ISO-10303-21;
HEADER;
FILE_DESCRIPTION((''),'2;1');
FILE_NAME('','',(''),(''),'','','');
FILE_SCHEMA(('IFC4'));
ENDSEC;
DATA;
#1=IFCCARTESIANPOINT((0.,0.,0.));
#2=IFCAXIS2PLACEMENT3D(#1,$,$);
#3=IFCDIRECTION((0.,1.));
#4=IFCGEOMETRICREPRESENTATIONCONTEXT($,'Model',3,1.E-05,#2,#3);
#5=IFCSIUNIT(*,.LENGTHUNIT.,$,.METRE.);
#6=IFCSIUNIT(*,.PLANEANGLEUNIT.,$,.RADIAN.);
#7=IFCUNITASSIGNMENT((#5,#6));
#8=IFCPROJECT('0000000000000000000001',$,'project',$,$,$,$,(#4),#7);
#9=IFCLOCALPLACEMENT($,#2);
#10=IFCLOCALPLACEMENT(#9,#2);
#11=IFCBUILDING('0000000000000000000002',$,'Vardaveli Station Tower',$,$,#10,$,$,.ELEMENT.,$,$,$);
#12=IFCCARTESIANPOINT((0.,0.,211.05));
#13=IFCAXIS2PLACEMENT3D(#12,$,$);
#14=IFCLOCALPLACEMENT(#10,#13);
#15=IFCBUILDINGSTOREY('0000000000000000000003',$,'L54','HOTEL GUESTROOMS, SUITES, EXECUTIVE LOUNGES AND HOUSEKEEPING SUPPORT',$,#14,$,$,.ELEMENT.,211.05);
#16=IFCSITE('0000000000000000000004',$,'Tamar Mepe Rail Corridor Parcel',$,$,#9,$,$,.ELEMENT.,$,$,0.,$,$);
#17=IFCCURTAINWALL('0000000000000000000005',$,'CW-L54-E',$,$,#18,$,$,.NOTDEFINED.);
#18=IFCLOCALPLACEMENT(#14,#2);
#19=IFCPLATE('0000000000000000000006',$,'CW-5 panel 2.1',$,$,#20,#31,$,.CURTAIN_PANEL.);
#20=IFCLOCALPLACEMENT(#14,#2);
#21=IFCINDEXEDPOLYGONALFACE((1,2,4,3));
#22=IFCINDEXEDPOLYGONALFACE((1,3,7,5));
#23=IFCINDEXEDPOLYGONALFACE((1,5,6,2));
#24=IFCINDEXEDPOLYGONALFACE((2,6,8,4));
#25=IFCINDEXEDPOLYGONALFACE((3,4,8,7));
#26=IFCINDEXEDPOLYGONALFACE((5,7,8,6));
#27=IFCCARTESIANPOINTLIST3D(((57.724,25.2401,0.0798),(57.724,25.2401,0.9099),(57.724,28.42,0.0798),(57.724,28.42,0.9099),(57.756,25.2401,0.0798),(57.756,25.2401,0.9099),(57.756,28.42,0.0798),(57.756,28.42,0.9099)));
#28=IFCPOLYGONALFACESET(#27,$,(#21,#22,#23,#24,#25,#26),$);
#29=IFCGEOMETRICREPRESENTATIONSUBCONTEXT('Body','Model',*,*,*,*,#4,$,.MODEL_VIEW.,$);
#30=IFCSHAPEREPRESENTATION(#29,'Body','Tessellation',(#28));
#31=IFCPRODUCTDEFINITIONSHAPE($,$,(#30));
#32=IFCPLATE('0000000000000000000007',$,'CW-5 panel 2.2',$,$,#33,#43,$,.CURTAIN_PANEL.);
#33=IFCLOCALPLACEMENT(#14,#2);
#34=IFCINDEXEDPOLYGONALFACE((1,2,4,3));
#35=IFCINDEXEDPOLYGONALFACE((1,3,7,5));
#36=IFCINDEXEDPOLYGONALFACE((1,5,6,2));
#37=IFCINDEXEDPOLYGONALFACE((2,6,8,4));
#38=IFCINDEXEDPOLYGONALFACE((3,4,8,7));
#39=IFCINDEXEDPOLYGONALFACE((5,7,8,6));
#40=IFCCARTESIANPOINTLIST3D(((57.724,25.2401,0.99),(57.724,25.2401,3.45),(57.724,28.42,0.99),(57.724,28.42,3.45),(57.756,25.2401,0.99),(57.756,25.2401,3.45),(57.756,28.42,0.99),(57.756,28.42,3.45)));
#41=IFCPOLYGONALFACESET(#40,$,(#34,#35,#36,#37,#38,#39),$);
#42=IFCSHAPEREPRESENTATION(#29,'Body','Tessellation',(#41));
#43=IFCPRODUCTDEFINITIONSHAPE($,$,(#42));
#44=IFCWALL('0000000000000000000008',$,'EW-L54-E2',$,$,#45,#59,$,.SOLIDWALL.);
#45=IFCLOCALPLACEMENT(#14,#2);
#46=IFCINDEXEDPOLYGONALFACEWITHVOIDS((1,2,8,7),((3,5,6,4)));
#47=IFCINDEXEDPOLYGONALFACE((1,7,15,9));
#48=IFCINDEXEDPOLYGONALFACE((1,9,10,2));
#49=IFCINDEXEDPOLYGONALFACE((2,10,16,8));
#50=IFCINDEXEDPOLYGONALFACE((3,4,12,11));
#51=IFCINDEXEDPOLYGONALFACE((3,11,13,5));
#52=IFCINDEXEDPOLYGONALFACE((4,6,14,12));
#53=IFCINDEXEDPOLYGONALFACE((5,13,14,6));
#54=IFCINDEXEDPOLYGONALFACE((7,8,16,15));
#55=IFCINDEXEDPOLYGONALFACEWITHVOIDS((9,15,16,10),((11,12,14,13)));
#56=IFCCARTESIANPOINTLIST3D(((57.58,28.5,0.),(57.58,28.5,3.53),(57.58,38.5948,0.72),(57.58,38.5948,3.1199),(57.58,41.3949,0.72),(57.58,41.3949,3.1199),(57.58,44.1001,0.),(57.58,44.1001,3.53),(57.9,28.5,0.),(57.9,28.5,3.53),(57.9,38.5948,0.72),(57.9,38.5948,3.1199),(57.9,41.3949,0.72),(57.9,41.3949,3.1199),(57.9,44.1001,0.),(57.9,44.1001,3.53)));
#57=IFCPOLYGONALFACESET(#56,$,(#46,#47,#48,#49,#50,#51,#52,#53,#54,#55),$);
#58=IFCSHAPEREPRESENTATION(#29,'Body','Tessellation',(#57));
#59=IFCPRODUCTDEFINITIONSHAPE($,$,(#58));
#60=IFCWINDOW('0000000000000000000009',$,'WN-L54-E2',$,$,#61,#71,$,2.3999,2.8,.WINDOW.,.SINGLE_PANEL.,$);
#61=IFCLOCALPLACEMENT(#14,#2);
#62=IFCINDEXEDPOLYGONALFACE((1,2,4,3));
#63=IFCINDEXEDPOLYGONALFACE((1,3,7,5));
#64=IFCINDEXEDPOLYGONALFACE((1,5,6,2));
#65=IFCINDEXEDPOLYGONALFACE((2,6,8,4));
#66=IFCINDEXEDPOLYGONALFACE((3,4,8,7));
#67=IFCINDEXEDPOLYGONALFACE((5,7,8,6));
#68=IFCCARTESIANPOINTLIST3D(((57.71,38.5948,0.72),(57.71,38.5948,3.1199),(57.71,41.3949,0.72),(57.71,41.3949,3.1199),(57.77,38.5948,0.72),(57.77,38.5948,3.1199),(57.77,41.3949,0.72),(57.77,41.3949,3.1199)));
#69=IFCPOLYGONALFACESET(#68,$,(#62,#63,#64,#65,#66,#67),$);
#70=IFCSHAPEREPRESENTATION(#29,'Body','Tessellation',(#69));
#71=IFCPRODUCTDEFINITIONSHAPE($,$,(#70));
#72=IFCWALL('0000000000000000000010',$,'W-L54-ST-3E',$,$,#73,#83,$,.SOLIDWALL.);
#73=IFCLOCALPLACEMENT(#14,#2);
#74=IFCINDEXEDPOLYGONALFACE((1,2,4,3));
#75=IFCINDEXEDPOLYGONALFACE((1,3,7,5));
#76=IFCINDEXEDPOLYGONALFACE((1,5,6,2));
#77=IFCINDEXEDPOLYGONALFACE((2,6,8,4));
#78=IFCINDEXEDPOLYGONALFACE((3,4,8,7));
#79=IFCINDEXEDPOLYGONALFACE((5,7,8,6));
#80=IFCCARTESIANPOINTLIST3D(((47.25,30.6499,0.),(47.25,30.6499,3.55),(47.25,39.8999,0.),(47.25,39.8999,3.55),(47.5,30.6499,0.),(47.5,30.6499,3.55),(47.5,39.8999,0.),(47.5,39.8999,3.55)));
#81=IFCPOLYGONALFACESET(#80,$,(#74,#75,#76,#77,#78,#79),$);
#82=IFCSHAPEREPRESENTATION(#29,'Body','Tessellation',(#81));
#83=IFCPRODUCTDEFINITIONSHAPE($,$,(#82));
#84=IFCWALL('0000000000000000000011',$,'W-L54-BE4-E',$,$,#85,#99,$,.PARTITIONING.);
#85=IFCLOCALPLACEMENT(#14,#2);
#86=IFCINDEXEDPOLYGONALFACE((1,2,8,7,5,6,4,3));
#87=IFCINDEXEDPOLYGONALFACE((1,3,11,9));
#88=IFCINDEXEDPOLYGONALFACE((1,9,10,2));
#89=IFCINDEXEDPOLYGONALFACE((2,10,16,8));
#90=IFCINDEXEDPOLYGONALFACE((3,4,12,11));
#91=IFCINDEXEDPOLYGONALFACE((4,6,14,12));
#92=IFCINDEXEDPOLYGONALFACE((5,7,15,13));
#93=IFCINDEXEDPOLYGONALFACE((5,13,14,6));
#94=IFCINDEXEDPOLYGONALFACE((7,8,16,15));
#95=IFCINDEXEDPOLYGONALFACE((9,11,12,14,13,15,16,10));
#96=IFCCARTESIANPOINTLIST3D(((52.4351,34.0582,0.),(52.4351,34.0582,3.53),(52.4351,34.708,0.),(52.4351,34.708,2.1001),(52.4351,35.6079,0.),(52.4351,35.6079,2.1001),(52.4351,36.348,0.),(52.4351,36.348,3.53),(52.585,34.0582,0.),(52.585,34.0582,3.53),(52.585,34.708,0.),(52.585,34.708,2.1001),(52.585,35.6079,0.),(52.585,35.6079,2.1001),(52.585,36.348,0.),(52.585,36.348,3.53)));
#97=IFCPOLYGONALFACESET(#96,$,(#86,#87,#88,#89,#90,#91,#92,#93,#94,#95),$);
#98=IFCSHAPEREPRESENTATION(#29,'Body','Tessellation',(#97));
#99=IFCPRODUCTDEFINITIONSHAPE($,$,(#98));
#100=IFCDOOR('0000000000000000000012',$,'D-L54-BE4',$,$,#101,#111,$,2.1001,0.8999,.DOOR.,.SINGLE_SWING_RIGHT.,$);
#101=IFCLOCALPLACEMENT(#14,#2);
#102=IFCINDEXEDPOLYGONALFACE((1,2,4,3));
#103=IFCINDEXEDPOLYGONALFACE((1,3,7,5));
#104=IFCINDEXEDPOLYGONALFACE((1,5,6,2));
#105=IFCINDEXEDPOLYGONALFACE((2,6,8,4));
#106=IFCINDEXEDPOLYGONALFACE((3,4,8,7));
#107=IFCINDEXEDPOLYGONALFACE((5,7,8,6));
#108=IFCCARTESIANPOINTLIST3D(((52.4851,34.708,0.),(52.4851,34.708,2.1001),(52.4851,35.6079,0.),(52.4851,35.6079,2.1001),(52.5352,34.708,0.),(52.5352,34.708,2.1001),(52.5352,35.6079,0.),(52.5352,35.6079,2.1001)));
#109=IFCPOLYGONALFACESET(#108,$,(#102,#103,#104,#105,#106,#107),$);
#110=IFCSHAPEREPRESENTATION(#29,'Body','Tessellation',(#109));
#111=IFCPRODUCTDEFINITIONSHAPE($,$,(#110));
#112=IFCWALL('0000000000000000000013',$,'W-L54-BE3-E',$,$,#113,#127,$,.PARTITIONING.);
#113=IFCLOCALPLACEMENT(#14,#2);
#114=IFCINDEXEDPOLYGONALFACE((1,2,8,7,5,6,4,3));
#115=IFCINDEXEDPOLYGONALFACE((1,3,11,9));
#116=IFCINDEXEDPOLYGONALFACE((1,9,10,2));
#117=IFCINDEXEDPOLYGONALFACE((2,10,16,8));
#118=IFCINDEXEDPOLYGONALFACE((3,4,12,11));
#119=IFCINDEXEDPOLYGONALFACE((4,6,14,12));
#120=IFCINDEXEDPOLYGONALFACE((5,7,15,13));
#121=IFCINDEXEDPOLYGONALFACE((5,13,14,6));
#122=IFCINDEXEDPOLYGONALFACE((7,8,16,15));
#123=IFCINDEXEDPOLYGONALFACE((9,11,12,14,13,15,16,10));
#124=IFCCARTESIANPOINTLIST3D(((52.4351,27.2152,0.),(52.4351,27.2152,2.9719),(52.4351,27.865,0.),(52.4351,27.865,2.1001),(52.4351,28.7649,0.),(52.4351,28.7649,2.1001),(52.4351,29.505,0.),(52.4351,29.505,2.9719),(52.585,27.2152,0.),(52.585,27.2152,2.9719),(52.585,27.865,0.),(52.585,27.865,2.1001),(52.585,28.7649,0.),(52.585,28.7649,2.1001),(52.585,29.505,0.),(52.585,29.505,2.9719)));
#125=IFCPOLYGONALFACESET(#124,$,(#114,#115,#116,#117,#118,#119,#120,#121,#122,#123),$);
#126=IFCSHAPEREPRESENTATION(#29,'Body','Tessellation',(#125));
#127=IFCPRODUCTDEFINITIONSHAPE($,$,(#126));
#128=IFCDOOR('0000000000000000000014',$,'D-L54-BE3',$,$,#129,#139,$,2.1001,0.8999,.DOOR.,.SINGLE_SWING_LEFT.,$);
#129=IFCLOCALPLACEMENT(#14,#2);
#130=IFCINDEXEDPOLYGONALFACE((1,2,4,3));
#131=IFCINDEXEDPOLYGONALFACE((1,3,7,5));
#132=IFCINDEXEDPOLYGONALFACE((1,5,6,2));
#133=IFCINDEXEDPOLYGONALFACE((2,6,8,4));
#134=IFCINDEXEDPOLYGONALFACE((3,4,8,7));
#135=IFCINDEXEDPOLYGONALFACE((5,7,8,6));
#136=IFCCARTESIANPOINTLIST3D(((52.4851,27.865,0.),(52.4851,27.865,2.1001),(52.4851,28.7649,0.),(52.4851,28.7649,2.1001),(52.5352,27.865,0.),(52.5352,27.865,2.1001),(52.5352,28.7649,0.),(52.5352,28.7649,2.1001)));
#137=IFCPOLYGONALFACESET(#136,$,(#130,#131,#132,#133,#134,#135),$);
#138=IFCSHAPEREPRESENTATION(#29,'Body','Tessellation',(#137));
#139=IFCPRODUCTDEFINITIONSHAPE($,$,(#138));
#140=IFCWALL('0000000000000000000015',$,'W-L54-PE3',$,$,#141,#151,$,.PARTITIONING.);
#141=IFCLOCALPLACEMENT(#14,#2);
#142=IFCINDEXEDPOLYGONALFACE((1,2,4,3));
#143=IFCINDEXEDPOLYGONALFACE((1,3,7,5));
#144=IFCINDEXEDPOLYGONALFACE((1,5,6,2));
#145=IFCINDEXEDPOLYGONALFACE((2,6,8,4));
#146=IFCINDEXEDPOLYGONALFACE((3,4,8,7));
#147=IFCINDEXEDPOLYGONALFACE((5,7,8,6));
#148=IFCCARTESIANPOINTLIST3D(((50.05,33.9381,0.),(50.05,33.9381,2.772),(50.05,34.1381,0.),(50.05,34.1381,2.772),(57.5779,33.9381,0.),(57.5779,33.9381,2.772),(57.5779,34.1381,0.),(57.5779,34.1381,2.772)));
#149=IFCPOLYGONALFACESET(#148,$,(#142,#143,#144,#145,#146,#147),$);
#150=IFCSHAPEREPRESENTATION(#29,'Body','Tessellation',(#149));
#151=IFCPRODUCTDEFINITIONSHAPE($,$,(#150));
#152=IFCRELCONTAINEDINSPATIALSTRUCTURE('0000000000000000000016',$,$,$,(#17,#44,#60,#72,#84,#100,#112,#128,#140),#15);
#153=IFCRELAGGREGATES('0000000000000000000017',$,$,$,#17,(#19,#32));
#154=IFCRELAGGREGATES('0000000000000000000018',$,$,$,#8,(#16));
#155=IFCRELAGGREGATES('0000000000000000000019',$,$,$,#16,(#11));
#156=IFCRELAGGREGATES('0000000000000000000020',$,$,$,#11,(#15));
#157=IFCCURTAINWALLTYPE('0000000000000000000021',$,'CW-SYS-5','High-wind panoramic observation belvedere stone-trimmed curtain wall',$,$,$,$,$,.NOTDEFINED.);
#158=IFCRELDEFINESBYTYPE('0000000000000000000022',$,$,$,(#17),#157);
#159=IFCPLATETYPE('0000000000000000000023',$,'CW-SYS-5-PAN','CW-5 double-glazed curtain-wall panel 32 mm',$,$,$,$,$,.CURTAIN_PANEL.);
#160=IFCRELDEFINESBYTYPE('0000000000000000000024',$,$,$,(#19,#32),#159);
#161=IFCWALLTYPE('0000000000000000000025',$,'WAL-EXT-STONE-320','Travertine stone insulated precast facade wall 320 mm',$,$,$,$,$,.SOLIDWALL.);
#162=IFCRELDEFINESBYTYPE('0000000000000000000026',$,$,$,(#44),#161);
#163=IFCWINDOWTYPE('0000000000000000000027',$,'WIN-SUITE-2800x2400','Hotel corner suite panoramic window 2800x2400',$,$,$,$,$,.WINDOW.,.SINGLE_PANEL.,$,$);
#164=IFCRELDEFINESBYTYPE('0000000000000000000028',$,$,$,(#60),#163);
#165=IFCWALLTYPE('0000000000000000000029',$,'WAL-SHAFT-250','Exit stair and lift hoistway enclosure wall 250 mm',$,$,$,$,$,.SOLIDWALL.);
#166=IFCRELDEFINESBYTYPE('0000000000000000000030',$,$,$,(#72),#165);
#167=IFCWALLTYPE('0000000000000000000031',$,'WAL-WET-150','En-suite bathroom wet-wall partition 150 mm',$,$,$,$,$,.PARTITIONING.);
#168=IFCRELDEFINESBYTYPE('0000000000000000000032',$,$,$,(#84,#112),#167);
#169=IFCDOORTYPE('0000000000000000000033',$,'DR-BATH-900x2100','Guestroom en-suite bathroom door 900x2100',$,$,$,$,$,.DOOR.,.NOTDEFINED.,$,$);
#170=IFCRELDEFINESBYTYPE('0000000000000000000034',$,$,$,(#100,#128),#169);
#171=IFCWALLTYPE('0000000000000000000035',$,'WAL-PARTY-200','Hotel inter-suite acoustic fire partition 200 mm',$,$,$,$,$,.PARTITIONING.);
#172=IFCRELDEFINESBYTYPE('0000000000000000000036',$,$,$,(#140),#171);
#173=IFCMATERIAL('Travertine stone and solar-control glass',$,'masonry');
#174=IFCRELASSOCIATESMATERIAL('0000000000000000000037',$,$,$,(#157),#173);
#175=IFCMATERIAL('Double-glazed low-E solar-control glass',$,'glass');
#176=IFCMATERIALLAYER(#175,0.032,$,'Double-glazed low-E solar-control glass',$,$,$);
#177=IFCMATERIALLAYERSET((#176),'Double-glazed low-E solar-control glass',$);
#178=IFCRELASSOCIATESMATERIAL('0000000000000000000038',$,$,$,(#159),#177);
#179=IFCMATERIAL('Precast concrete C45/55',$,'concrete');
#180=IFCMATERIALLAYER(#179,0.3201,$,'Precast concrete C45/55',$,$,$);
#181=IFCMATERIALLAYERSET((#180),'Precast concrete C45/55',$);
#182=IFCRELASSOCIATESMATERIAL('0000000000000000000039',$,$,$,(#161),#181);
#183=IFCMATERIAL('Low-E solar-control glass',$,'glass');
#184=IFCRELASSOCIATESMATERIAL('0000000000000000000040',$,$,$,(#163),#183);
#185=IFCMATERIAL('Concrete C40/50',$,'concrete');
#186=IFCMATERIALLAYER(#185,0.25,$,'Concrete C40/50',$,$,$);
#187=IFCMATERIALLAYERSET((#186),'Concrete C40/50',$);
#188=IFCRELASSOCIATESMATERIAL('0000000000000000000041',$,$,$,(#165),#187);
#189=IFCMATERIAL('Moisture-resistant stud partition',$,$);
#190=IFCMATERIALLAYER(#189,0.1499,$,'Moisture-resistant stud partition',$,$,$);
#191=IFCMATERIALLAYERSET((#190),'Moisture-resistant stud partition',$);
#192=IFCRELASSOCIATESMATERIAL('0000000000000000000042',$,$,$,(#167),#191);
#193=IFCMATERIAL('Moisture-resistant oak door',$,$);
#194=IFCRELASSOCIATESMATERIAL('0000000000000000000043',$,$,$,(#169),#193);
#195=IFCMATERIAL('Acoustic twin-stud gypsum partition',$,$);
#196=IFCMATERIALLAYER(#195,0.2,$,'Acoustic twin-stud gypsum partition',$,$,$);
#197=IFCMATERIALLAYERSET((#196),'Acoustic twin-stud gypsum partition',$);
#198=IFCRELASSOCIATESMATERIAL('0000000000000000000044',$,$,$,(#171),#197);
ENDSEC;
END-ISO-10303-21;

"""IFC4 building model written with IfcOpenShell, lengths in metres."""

from ifc_helpers import new_model, si_unit, direction, frame, frame_2d, origin, origin_2d, place, context, subcontext, project, spatial, rectangle, extrude, source, transform, mapped, material, layer, layer_set, type_object, element, fill, aggregate, save


model = new_model("IFC4")

# Units and contexts
model_context = context("Model", 3, precision=1e-05, world=origin(), true_north=direction((0.0, 1.0)))
body_context = subcontext(model_context, "Body", "Model", "MODEL_VIEW")
ifc_project = project(units=[si_unit("LENGTHUNIT", "METRE"), si_unit("PLANEANGLEUNIT", "RADIAN")], contexts=[model_context])

# Site, building, storey
site_placement = place(None, origin())
site = spatial("IfcSite", under=ifc_project, at=site_placement, Name="Tamar Mepe Rail Corridor Parcel", CompositionType="ELEMENT", RefElevation=0.0)
building_placement = place(site_placement, origin())
building = spatial("IfcBuilding", under=site, at=building_placement, Name="Vardaveli Station Tower", CompositionType="ELEMENT")
storey_placement = place(building_placement, frame((0.0, 0.0, 211.05)))
storey = spatial("IfcBuildingStorey", under=building, at=storey_placement, Name="L54", Description="HOTEL GUESTROOMS, SUITES, EXECUTIVE LOUNGES AND HOUSEKEEPING SUPPORT", CompositionType="ELEMENT", Elevation=211.05)

# Shared definitions
ifc_material_1 = material(Name="Precast concrete C45/55", Category="concrete")

# Curtain wall, plates
ifc_material_2 = material(Name="Travertine stone and solar-control glass", Category="masonry")
curtain_wall_type = type_object("IfcCurtainWallType", Name="CW-SYS-5", Description="High-wind panoramic observation belvedere stone-trimmed curtain wall", PredefinedType="NOTDEFINED", material=ifc_material_2)
curtain_wall_placement = place(storey_placement, origin())
curtain_wall = element("IfcCurtainWall", 1, at=curtain_wall_placement, inside=storey, type_object=curtain_wall_type, Name="CW-L54-E", PredefinedType="NOTDEFINED")
ifc_material_3 = material(Name="Double-glazed low-E solar-control glass", Category="glass")
ifc_layer_1 = layer(ifc_material_3, 0.032, Name="Double-glazed low-E solar-control glass")
ifc_layer_set_1 = layer_set([ifc_layer_1], Name="Double-glazed low-E solar-control glass")
plate_type = type_object("IfcPlateType", Name="CW-SYS-5-PAN", Description="CW-5 double-glazed curtain-wall panel 32 mm", PredefinedType="CURTAIN_PANEL", material=ifc_layer_set_1)
shared_shape_1 = source(origin(), body_context, "Body", "SweptSolid", [
    extrude(rectangle(XDim=3.1799, YDim=0.032, at=origin_2d()), origin(), (0.0, 0.0, 1.0), 0.8301),
])
plate_1_placement = place(storey_placement, frame((57.74, 26.8301, 0.0798), z_axis=(0.0, 0.0, 1.0), x_axis=(0.0, 1.0, 0.0)))
plate_1 = element("IfcPlate", 2, at=plate_1_placement, type_object=plate_type, Name="CW-5 panel 2.1", PredefinedType="CURTAIN_PANEL", context=body_context, shape_type="MappedRepresentation", body=[
    mapped(shared_shape_1, transform((0.0, 0.0, 0.0), scale=1.0)),
])
shared_shape_2 = source(origin(), body_context, "Body", "SweptSolid", [
    extrude(rectangle(XDim=3.1799, YDim=0.032, at=origin_2d()), origin(), (0.0, 0.0, 1.0), 2.46),
])
plate_2_placement = place(storey_placement, frame((57.74, 26.8301, 0.99), z_axis=(0.0, 0.0, 1.0), x_axis=(0.0, 1.0, 0.0)))
plate_2 = element("IfcPlate", 3, at=plate_2_placement, type_object=plate_type, Name="CW-5 panel 2.2", PredefinedType="CURTAIN_PANEL", context=body_context, shape_type="MappedRepresentation", body=[
    mapped(shared_shape_2, transform((0.0, 0.0, 0.0), scale=1.0)),
])
aggregate(curtain_wall, [plate_1, plate_2])

# Wall, opening, window
ifc_layer_2 = layer(ifc_material_1, 0.3201, Name="Precast concrete C45/55")
ifc_layer_set_2 = layer_set([ifc_layer_2], Name="Precast concrete C45/55")
wall_type_1 = type_object("IfcWallType", Name="WAL-EXT-STONE-320", Description="Travertine stone insulated precast facade wall 320 mm", PredefinedType="SOLIDWALL", material=ifc_layer_set_2)
shared_shape_3 = source(origin(), body_context, "Body", "SweptSolid", [
    extrude(rectangle(XDim=15.6001, YDim=0.3201, at=frame_2d((7.8, 0.0))), origin(), (0.0, 0.0, 1.0), 3.53),
])
wall_1_placement = place(storey_placement, frame((57.74, 28.5, 0.0), z_axis=(0.0, 0.0, 1.0), x_axis=(0.0, 1.0, 0.0)))
wall_1 = element("IfcWall", 4, at=wall_1_placement, inside=storey, type_object=wall_type_1, Name="EW-L54-E2", PredefinedType="SOLIDWALL", context=body_context, shape_type="MappedRepresentation", body=[
    mapped(shared_shape_3, transform((0.0, 0.0, 0.0), scale=1.0)),
])
shared_shape_4 = source(origin(), body_context, "Body", "SweptSolid", [
    extrude(rectangle(XDim=2.8, YDim=2.3999, at=frame_2d((1.3999, 1.2))), frame((0.0, 0.1699, 0.0), z_axis=(0.0, -1.0, 0.0), x_axis=(1.0, 0.0, 0.0)), (0.0, 0.0, 1.0), 0.3401),
])
opening_1_placement = place(wall_1_placement, frame((10.095, 0.0, 0.72)))
opening_1 = element("IfcOpeningElement", 5, at=opening_1_placement, cuts=wall_1, PredefinedType="OPENING", context=body_context, shape_type="MappedRepresentation", body=[
    mapped(shared_shape_4, transform((0.0, 0.0, 0.0), scale=1.0)),
])
ifc_material_4 = material(Name="Low-E solar-control glass", Category="glass")
window_type = type_object("IfcWindowType", Name="WIN-SUITE-2800x2400", Description="Hotel corner suite panoramic window 2800x2400", PartitioningType="SINGLE_PANEL", PredefinedType="WINDOW", material=ifc_material_4)
shared_shape_5 = source(origin(), body_context, "Body", "SweptSolid", [
    extrude(rectangle(XDim=2.8, YDim=2.3999, at=frame_2d((1.3999, 1.2))), frame((0.0, 0.03, 0.0), z_axis=(0.0, -1.0, 0.0), x_axis=(1.0, 0.0, 0.0)), (0.0, 0.0, 1.0), 0.0601),
])
window_placement = place(opening_1_placement, origin())
window = element("IfcWindow", 6, at=window_placement, inside=storey, type_object=window_type, Name="WN-L54-E2", OverallHeight=2.3999, OverallWidth=2.8, PartitioningType="SINGLE_PANEL", PredefinedType="WINDOW", context=body_context, shape_type="MappedRepresentation", body=[
    mapped(shared_shape_5, transform((0.0, 0.0, 0.0), scale=1.0)),
])
fill(opening_1, window)

# Wall
ifc_material_5 = material(Name="Concrete C40/50", Category="concrete")
ifc_layer_3 = layer(ifc_material_5, 0.25, Name="Concrete C40/50")
ifc_layer_set_3 = layer_set([ifc_layer_3], Name="Concrete C40/50")
wall_type_2 = type_object("IfcWallType", Name="WAL-SHAFT-250", Description="Exit stair and lift hoistway enclosure wall 250 mm", PredefinedType="SOLIDWALL", material=ifc_layer_set_3)
shared_shape_6 = source(origin(), body_context, "Body", "SweptSolid", [
    extrude(rectangle(XDim=9.25, YDim=0.25, at=frame_2d((4.625, 0.0))), origin(), (0.0, 0.0, 1.0), 3.55),
])
wall_2_placement = place(storey_placement, frame((47.375, 30.6499, 0.0), z_axis=(0.0, 0.0, 1.0), x_axis=(0.0, 1.0, 0.0)))
element("IfcWall", 7, at=wall_2_placement, inside=storey, type_object=wall_type_2, Name="W-L54-ST-3E", PredefinedType="SOLIDWALL", context=body_context, shape_type="MappedRepresentation", body=[
    mapped(shared_shape_6, transform((0.0, 0.0, 0.0), scale=1.0)),
])

# Walls, openings, doors
ifc_material_6 = material(Name="Moisture-resistant stud partition")
ifc_layer_4 = layer(ifc_material_6, 0.1499, Name="Moisture-resistant stud partition")
ifc_layer_set_4 = layer_set([ifc_layer_4], Name="Moisture-resistant stud partition")
wall_type_3 = type_object("IfcWallType", Name="WAL-WET-150", Description="En-suite bathroom wet-wall partition 150 mm", PredefinedType="PARTITIONING", material=ifc_layer_set_4)
shared_shape_7 = source(origin(), body_context, "Body", "SweptSolid", [
    extrude(rectangle(XDim=2.2898, YDim=0.1499, at=frame_2d((1.145, 0.0))), origin(), (0.0, 0.0, 1.0), 3.53),
])
wall_3_placement = place(storey_placement, frame((52.51, 34.0581, 0.0), z_axis=(0.0, 0.0, 1.0), x_axis=(0.0, 1.0, 0.0)))
wall_3 = element("IfcWall", 8, at=wall_3_placement, inside=storey, type_object=wall_type_3, Name="W-L54-BE4-E", PredefinedType="PARTITIONING", context=body_context, shape_type="MappedRepresentation", body=[
    mapped(shared_shape_7, transform((0.0, 0.0, 0.0), scale=1.0)),
])
shared_shape_8 = source(origin(), body_context, "Body", "SweptSolid", [
    extrude(rectangle(XDim=0.8999, YDim=2.1001, at=frame_2d((0.45, 1.05))), frame((0.0, 0.085, 0.0), z_axis=(0.0, -1.0, 0.0), x_axis=(1.0, 0.0, 0.0)), (0.0, 0.0, 1.0), 0.1699),
])
opening_2_placement = place(wall_3_placement, frame((0.6499, 0.0, 0.0)))
opening_2 = element("IfcOpeningElement", 9, at=opening_2_placement, cuts=wall_3, PredefinedType="OPENING", context=body_context, shape_type="MappedRepresentation", body=[
    mapped(shared_shape_8, transform((0.0, 0.0, 0.0), scale=1.0)),
])
ifc_material_7 = material(Name="Moisture-resistant oak door")
door_type = type_object("IfcDoorType", Name="DR-BATH-900x2100", Description="Guestroom en-suite bathroom door 900x2100", OperationType="NOTDEFINED", PredefinedType="DOOR", material=ifc_material_7)
shared_shape_9 = source(origin(), body_context, "Body", "SweptSolid", [
    extrude(rectangle(XDim=0.8999, YDim=2.1001, at=frame_2d((0.45, 1.05))), frame((0.0, 0.0249, 0.0), z_axis=(0.0, -1.0, 0.0), x_axis=(1.0, 0.0, 0.0)), (0.0, 0.0, 1.0), 0.05),
])
door_1_placement = place(opening_2_placement, origin())
door_1 = element("IfcDoor", 10, at=door_1_placement, inside=storey, type_object=door_type, Name="D-L54-BE4", OperationType="SINGLE_SWING_RIGHT", OverallHeight=2.1001, OverallWidth=0.8999, PredefinedType="DOOR", context=body_context, shape_type="MappedRepresentation", body=[
    mapped(shared_shape_9, transform((0.0, 0.0, 0.0), scale=1.0)),
])
fill(opening_2, door_1)
shared_shape_10 = source(origin(), body_context, "Body", "SweptSolid", [
    extrude(rectangle(XDim=2.2898, YDim=0.1499, at=frame_2d((1.145, 0.0))), origin(), (0.0, 0.0, 1.0), 2.9719),
])
wall_4_placement = place(storey_placement, frame((52.51, 27.2151, 0.0), z_axis=(0.0, 0.0, 1.0), x_axis=(0.0, 1.0, 0.0)))
wall_4 = element("IfcWall", 11, at=wall_4_placement, inside=storey, type_object=wall_type_3, Name="W-L54-BE3-E", PredefinedType="PARTITIONING", context=body_context, shape_type="MappedRepresentation", body=[
    mapped(shared_shape_10, transform((0.0, 0.0, 0.0), scale=1.0)),
])
opening_3_placement = place(wall_4_placement, frame((0.6499, 0.0, 0.0)))
opening_3 = element("IfcOpeningElement", 12, at=opening_3_placement, cuts=wall_4, PredefinedType="OPENING", context=body_context, shape_type="MappedRepresentation", body=[
    mapped(shared_shape_8, transform((0.0, 0.0, 0.0), scale=1.0)),
])
door_2_placement = place(opening_3_placement, origin())
door_2 = element("IfcDoor", 13, at=door_2_placement, inside=storey, type_object=door_type, Name="D-L54-BE3", OperationType="SINGLE_SWING_LEFT", OverallHeight=2.1001, OverallWidth=0.8999, PredefinedType="DOOR", context=body_context, shape_type="MappedRepresentation", body=[
    mapped(shared_shape_9, transform((0.0, 0.0, 0.0), scale=1.0)),
])
fill(opening_3, door_2)

# Wall
ifc_material_8 = material(Name="Acoustic twin-stud gypsum partition")
ifc_layer_5 = layer(ifc_material_8, 0.2, Name="Acoustic twin-stud gypsum partition")
ifc_layer_set_5 = layer_set([ifc_layer_5], Name="Acoustic twin-stud gypsum partition")
wall_type_4 = type_object("IfcWallType", Name="WAL-PARTY-200", Description="Hotel inter-suite acoustic fire partition 200 mm", PredefinedType="PARTITIONING", material=ifc_layer_set_5)
shared_shape_11 = source(origin(), body_context, "Body", "SweptSolid", [
    extrude(rectangle(XDim=7.5278, YDim=0.2, at=frame_2d((3.7639, 0.0))), origin(), (0.0, 0.0, 1.0), 2.772),
])
wall_5_placement = place(storey_placement, frame((50.05, 34.0381, 0.0), z_axis=(0.0, 0.0, 1.0), x_axis=(1.0, 0.0, 0.0)))
element("IfcWall", 14, at=wall_5_placement, inside=storey, type_object=wall_type_4, Name="W-L54-PE3", PredefinedType="PARTITIONING", context=body_context, shape_type="MappedRepresentation", body=[
    mapped(shared_shape_11, transform((0.0, 0.0, 0.0), scale=1.0)),
])

save(model, "model.ifc")
